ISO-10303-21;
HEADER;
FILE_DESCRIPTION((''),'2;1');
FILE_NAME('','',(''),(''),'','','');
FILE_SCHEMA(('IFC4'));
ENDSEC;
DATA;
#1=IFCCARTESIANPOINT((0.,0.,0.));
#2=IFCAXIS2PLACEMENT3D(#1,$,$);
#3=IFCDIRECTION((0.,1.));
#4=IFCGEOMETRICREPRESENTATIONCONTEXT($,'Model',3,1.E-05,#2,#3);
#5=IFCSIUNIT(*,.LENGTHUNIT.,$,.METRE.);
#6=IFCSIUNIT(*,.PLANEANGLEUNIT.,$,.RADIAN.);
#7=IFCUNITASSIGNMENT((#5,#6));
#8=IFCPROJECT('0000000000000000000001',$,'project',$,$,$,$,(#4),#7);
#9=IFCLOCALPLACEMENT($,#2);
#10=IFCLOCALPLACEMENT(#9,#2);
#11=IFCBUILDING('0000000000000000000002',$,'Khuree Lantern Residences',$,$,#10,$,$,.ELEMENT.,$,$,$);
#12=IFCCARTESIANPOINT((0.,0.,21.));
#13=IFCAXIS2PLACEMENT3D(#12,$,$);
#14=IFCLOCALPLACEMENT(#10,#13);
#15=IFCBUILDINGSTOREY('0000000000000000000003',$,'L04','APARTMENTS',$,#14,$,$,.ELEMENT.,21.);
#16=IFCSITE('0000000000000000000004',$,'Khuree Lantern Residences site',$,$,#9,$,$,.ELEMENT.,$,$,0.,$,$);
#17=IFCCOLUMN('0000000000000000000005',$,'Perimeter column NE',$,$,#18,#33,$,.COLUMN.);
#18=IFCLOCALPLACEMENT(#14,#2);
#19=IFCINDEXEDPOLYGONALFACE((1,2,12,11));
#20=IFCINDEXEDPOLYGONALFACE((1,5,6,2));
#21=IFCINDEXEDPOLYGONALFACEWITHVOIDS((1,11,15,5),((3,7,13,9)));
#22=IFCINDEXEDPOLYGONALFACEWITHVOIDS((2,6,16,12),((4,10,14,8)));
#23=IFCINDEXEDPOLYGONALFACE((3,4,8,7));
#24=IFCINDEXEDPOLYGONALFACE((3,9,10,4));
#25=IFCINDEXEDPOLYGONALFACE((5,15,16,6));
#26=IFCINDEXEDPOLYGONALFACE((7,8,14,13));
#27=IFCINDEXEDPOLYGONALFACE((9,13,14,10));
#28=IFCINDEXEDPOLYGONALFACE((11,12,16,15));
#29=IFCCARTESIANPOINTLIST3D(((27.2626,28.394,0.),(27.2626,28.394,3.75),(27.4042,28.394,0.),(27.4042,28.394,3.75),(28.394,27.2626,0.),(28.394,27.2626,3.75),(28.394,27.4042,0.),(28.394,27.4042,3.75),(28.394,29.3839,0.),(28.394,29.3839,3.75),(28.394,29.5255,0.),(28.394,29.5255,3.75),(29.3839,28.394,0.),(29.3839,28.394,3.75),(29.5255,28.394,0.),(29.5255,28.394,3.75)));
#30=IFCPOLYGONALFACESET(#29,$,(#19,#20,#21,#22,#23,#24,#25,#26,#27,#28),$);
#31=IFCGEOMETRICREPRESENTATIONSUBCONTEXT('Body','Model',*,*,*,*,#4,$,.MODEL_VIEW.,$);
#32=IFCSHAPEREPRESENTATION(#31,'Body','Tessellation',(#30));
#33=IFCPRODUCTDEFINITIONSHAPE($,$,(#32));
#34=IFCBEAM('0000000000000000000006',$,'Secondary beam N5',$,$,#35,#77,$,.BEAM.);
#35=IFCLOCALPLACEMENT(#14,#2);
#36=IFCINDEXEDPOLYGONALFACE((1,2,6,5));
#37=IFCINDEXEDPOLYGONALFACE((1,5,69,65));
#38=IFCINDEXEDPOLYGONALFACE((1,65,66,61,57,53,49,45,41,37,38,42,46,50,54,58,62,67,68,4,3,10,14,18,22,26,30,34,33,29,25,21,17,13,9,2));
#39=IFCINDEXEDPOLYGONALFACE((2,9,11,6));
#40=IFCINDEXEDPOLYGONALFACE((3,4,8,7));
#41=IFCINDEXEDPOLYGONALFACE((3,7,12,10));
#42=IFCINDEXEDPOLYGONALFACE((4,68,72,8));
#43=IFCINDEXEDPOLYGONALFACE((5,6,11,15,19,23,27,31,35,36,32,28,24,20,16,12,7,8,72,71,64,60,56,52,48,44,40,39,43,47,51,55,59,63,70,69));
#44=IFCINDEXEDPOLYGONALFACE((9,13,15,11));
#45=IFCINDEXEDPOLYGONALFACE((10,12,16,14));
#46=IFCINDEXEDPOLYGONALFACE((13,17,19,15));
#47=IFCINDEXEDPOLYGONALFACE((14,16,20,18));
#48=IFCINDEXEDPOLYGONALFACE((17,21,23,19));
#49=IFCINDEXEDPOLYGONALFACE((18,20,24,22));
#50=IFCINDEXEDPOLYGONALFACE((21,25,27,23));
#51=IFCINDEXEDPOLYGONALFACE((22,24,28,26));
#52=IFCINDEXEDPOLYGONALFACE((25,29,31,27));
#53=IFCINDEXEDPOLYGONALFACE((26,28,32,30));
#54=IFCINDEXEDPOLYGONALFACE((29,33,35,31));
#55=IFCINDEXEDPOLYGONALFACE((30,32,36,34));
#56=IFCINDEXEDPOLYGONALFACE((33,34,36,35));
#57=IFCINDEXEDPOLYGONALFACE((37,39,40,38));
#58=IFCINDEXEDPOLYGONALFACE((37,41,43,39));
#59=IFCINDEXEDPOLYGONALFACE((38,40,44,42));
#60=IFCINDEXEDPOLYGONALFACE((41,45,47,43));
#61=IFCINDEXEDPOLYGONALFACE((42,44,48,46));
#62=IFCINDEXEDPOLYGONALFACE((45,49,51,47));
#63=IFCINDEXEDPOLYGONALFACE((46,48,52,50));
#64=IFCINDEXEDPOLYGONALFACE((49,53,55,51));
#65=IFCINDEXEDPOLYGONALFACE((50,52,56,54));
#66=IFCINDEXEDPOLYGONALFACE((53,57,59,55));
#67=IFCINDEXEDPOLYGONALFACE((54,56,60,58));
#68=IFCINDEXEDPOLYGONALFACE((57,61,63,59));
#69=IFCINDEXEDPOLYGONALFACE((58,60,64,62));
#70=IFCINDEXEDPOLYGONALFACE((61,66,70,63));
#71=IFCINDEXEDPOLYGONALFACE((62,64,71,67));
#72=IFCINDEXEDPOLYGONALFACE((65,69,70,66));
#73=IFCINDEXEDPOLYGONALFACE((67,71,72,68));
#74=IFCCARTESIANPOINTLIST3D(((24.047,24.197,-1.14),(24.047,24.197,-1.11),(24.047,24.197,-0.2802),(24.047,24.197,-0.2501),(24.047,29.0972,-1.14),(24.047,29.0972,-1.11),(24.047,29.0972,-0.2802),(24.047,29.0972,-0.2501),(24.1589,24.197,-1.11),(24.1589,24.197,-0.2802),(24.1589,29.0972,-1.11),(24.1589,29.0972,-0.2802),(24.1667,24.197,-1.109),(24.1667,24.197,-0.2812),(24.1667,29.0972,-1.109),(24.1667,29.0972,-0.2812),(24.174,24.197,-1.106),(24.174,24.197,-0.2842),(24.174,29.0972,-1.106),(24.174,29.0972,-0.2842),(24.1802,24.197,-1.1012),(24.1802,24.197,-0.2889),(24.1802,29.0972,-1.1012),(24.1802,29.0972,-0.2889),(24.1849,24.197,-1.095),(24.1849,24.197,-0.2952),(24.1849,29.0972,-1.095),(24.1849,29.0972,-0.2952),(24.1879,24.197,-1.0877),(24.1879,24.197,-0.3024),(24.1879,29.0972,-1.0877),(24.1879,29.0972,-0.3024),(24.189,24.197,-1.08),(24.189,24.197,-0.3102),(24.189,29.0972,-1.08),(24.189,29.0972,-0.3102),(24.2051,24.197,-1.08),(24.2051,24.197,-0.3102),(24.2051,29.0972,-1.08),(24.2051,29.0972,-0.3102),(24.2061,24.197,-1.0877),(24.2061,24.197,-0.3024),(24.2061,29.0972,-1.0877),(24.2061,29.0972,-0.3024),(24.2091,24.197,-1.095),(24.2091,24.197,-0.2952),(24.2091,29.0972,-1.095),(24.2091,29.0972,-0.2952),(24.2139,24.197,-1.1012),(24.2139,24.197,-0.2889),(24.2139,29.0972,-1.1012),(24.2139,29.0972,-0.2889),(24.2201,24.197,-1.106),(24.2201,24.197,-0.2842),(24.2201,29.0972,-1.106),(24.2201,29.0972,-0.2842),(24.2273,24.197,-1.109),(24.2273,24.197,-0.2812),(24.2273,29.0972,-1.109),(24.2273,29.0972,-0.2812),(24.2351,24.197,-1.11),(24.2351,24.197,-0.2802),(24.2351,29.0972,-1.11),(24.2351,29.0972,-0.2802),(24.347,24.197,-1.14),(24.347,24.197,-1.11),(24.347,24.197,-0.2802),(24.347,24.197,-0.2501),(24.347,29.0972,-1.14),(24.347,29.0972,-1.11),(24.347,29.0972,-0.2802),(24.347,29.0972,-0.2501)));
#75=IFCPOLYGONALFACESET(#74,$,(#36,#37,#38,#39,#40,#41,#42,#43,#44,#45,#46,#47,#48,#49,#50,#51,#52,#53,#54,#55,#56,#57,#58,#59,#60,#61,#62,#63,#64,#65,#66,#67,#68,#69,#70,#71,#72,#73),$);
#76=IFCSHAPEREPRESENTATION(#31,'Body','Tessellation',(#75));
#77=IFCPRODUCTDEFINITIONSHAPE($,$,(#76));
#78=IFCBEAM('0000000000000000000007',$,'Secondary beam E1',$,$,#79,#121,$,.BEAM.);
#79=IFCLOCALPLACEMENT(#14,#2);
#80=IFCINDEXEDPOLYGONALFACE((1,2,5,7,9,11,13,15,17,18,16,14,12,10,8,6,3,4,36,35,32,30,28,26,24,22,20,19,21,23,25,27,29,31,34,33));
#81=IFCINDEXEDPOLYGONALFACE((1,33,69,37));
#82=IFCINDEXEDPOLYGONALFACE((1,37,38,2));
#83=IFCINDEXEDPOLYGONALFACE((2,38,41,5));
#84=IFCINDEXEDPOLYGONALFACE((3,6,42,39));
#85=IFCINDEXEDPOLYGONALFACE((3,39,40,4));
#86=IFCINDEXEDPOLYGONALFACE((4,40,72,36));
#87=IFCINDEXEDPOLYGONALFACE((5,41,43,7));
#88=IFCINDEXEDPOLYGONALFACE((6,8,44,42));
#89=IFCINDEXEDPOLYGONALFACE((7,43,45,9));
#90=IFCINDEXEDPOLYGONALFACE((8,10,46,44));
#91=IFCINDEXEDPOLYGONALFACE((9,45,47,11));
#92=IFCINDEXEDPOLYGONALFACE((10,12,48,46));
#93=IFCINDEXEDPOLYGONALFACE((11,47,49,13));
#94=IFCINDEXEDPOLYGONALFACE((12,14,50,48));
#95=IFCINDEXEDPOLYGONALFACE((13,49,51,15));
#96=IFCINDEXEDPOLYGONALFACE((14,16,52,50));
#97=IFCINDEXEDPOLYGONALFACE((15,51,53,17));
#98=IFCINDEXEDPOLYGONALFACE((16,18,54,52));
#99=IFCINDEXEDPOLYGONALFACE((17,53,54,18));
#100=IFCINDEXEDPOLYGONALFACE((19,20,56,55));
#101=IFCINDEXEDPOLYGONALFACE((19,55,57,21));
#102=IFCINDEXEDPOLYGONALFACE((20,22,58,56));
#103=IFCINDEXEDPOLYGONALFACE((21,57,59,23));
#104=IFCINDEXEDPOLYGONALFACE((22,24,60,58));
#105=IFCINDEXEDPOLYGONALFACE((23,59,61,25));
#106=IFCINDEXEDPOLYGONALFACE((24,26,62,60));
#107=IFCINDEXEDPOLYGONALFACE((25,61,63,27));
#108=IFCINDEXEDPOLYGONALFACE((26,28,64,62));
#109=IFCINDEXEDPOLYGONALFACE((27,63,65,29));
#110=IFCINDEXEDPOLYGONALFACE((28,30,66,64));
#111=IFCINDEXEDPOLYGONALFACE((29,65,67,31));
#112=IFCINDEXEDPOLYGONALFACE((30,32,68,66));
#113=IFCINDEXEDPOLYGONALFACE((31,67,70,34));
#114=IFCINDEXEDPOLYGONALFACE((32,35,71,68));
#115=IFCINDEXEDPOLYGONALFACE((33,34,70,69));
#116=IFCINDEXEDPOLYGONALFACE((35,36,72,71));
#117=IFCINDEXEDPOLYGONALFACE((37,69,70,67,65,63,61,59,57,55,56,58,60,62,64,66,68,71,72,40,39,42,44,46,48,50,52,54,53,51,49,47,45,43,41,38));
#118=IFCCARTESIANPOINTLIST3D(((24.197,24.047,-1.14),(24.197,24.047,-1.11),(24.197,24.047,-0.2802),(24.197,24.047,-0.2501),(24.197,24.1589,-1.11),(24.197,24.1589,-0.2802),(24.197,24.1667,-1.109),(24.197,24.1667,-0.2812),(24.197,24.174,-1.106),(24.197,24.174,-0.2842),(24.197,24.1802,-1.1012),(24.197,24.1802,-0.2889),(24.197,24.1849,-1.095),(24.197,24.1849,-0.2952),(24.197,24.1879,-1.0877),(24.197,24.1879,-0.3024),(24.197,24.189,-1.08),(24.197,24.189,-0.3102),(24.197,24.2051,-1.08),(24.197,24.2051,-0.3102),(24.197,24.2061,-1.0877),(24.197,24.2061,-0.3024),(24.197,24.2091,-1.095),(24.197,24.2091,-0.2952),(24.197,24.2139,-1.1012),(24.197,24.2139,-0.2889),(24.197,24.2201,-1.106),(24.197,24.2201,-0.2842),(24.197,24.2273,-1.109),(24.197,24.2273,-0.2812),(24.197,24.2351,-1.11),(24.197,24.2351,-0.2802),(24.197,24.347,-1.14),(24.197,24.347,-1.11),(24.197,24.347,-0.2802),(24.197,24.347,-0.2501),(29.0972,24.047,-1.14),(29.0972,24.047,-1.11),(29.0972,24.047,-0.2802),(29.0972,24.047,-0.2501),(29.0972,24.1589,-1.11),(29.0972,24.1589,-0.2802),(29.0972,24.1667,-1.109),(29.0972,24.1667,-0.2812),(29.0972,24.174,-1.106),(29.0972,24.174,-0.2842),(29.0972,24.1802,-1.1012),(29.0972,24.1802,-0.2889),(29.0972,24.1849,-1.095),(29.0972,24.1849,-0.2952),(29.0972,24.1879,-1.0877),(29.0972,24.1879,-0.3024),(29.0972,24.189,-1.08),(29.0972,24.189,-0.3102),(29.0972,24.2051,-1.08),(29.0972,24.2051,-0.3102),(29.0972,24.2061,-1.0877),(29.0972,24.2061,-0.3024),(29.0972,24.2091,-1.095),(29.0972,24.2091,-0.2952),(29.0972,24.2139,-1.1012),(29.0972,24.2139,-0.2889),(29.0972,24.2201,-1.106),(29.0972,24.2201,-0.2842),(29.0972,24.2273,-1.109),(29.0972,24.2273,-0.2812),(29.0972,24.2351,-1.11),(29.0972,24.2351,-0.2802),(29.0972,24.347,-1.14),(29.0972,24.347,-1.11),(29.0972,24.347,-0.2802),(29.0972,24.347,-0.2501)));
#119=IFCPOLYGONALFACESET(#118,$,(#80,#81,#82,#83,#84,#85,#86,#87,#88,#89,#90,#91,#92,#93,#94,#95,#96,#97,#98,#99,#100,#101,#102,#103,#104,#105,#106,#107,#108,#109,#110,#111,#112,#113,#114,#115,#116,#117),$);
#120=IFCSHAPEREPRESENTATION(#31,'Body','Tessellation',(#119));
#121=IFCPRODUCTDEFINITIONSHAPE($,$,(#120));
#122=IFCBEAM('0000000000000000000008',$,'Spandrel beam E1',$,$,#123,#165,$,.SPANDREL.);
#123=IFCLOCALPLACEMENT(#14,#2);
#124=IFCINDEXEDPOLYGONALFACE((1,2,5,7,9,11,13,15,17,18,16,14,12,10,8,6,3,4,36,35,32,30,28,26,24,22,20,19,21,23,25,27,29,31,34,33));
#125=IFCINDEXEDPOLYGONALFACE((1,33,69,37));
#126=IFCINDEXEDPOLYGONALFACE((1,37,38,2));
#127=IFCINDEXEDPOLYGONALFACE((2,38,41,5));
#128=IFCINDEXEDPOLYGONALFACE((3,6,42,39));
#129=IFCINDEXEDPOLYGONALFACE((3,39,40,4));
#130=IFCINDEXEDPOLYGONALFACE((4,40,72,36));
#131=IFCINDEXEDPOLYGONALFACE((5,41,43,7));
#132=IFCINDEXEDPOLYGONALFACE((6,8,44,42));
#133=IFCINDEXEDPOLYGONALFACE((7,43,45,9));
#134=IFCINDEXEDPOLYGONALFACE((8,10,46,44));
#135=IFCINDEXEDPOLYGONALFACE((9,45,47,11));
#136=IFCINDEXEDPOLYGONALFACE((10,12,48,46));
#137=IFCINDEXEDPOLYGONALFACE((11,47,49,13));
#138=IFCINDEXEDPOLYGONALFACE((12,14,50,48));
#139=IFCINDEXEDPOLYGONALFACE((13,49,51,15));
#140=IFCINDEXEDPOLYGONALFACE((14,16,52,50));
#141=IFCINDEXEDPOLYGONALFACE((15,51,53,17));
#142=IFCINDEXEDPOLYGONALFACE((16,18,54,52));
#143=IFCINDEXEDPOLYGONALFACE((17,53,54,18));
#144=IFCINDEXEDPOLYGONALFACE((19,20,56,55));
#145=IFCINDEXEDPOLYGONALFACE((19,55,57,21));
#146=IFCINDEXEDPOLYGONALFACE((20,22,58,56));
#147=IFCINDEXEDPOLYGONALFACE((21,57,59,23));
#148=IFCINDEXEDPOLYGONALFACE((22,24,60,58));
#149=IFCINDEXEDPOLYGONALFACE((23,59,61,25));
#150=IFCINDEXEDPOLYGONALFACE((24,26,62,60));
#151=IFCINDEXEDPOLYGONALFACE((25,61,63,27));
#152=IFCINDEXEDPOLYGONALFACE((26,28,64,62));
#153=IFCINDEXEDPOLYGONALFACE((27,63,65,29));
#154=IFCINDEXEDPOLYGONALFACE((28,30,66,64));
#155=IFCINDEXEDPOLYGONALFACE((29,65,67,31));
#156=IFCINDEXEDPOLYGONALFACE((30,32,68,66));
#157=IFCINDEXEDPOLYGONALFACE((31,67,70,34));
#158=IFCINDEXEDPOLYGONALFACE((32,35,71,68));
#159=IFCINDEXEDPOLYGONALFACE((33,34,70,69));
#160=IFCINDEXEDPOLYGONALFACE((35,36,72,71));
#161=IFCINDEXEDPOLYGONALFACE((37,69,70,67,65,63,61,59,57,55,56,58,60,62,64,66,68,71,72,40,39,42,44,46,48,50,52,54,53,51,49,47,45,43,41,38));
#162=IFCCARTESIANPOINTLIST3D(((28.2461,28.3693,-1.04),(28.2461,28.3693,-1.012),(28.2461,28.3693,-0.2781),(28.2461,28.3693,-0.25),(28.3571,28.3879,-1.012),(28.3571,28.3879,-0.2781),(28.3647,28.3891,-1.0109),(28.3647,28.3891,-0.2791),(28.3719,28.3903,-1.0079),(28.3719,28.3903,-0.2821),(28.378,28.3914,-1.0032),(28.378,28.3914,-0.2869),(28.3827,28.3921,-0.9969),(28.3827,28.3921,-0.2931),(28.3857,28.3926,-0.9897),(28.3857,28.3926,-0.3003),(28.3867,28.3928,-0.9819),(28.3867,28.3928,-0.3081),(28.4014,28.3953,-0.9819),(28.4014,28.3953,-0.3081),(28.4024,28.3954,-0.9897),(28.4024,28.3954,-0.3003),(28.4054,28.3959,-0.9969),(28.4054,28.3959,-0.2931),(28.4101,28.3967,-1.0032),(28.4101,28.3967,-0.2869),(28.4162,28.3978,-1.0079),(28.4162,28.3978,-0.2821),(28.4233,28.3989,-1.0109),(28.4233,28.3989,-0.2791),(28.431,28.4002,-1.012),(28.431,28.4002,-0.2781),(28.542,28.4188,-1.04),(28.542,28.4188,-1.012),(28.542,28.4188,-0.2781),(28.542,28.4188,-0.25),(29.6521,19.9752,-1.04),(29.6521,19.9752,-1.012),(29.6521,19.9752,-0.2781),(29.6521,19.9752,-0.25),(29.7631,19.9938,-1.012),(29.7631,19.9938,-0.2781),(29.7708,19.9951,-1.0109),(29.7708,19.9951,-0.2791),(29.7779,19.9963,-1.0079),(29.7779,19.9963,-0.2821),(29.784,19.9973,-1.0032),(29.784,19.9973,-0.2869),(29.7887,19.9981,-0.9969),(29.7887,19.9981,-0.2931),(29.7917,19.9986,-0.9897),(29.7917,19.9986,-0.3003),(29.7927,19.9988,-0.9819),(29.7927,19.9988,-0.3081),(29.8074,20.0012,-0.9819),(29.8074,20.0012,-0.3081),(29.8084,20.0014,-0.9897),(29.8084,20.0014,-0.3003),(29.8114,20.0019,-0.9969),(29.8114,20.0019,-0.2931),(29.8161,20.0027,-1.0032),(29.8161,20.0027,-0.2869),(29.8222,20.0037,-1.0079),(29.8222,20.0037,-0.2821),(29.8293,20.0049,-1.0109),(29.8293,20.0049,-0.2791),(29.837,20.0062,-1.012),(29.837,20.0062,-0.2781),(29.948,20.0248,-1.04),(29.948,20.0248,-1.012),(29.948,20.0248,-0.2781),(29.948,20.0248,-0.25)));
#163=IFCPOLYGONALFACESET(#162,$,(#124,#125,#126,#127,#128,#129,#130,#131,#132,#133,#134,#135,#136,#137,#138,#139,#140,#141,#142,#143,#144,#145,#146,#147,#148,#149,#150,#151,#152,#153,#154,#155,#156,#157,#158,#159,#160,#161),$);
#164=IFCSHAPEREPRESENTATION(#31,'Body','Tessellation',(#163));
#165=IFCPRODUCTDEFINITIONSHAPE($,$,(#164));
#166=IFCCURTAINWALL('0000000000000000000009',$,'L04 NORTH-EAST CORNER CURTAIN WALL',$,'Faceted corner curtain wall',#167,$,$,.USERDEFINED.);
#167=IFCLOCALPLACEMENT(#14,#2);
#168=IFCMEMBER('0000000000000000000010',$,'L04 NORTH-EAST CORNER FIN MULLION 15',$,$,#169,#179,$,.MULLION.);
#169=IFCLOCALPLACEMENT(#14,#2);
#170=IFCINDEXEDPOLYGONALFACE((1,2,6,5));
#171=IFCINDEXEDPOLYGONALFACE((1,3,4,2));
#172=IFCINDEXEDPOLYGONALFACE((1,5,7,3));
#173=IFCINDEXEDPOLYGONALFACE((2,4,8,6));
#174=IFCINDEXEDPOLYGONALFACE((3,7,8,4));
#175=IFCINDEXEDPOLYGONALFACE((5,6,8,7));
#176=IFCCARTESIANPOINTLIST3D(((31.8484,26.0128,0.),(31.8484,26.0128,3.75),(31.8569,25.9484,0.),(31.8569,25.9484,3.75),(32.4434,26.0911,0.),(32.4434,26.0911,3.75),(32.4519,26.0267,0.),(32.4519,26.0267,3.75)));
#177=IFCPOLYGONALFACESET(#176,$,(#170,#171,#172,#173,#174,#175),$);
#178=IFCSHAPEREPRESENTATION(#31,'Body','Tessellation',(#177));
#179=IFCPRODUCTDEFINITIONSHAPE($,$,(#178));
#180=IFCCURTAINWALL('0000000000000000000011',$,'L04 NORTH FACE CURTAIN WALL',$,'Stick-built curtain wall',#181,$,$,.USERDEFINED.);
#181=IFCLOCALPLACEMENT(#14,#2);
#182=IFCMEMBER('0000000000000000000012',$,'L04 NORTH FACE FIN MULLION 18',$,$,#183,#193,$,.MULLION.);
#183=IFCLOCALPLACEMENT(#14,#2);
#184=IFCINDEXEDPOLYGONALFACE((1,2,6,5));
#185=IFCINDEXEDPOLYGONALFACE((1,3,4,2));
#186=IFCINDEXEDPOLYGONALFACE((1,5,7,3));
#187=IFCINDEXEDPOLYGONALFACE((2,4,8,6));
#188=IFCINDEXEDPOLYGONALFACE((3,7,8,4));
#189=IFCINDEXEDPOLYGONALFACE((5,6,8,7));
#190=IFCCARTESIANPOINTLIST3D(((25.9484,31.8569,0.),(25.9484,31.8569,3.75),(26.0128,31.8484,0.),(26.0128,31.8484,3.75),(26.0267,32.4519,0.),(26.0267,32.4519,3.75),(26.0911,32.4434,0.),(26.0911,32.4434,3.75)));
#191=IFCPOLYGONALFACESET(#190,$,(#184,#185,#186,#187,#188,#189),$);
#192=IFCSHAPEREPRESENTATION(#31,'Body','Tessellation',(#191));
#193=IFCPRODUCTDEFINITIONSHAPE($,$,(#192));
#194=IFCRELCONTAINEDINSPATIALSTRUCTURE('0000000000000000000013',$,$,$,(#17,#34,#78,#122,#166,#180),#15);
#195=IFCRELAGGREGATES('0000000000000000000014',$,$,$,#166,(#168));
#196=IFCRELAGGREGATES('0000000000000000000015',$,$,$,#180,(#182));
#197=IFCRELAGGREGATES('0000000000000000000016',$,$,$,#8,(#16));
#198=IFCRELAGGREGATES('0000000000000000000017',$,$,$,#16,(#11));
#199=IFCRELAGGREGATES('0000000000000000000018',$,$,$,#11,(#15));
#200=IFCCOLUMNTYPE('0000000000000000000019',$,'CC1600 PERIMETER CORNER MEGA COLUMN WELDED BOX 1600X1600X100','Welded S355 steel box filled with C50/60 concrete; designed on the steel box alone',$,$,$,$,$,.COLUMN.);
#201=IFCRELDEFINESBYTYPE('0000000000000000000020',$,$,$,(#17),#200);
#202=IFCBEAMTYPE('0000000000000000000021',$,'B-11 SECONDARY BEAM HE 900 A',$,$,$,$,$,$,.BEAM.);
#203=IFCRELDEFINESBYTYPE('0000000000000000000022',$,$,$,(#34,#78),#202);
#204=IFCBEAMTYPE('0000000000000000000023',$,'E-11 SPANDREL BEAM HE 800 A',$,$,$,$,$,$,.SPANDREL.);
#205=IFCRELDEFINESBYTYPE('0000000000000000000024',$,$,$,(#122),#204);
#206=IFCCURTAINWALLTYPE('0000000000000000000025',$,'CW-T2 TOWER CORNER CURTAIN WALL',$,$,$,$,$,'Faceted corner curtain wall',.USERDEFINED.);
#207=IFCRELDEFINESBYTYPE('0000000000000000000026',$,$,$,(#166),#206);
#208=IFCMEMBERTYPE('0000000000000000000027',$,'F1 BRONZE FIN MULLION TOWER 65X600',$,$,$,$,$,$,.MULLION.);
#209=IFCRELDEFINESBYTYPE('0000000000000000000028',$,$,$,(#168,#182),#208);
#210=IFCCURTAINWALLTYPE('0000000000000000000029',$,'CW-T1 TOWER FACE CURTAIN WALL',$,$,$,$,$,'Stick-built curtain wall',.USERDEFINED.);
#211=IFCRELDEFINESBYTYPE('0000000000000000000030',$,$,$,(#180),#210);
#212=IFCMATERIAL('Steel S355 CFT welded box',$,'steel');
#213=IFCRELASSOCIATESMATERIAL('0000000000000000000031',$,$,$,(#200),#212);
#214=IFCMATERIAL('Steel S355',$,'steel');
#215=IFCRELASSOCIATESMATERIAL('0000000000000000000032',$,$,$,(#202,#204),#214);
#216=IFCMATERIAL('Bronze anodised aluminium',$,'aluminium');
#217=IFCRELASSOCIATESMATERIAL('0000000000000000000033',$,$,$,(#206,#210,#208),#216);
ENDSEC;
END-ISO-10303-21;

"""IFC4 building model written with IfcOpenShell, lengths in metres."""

from ifc_helpers import new_model, si_unit, direction, frame, origin, origin_2d, place, context, subcontext, project, spatial, rectangle, hollow_rectangle, i_section, extrude, material, material_profile, profile_set, type_object, element, aggregate, save


model = new_model("IFC4")

# Units and contexts
model_context = context("Model", 3, precision=1e-05, world=origin(), true_north=direction((0.0, 1.0)))
body_context = subcontext(model_context, "Body", "Model", "MODEL_VIEW")
ifc_project = project(units=[si_unit("LENGTHUNIT", "METRE"), si_unit("PLANEANGLEUNIT", "RADIAN")], contexts=[model_context])

# Site, building, storey
site_placement = place(None, origin())
site = spatial("IfcSite", under=ifc_project, at=site_placement, Name="Khuree Lantern Residences site", CompositionType="ELEMENT", RefElevation=0.0)
building_placement = place(site_placement, origin())
building = spatial("IfcBuilding", under=site, at=building_placement, Name="Khuree Lantern Residences", CompositionType="ELEMENT")
storey_placement = place(building_placement, frame((0.0, 0.0, 21.0)))
storey = spatial("IfcBuildingStorey", under=building, at=storey_placement, Name="L04", Description="APARTMENTS", CompositionType="ELEMENT", Elevation=21.0)

# Column
ifc_material_1 = material(Name="Steel S355 CFT welded box", Category="steel")
ifc_material_profile_1 = material_profile(ifc_material_1, hollow_rectangle(XDim=1.6001, YDim=1.6001, WallThickness=0.1001, at=origin_2d()), Name="WELDED BOX 1600X1600X100")
ifc_profile_set_1 = profile_set([ifc_material_profile_1], Name="Steel S355 CFT welded box")
column_type = type_object("IfcColumnType", Name="CC1600 PERIMETER CORNER MEGA COLUMN WELDED BOX 1600X1600X100", Description="Welded S355 steel box filled with C50/60 concrete; designed on the steel box alone", PredefinedType="COLUMN", material=ifc_profile_set_1)
column_placement = place(storey_placement, frame((28.394, 28.394, 0.0), z_axis=(0.0, 0.0, 1.0), x_axis=(0.707107, -0.707107, 0.0)))
element("IfcColumn", 1, at=column_placement, inside=storey, type_object=column_type, Name="Perimeter column NE", PredefinedType="COLUMN", context=body_context, shape_type="SweptSolid", body=[
    extrude(hollow_rectangle(XDim=1.6001, YDim=1.6001, WallThickness=0.1001, at=origin_2d()), origin(), (0.0, 0.0, 1.0), 3.75),
])

# Beams
ifc_material_2 = material(Name="Steel S355", Category="steel")
ifc_material_profile_2 = material_profile(ifc_material_2, i_section(OverallWidth=0.3, OverallDepth=0.8899, WebThickness=0.0161, FlangeThickness=0.03, FilletRadius=0.03, at=origin_2d()), Name="HE 900 A")
ifc_profile_set_2 = profile_set([ifc_material_profile_2], Name="Steel S355")
beam_type_1 = type_object("IfcBeamType", Name="B-11 SECONDARY BEAM HE 900 A", PredefinedType="BEAM", material=ifc_profile_set_2)
for number, where, z_axis, x_axis, name in (
    (2, (24.197, 29.0972, -0.6951), (0.0, -1.0, 0.0), (1.0, 0.0, 0.0), "Secondary beam N5"),
    (3, (29.0972, 24.197, -0.6951), (-1.0, 0.0, 0.0), (0.0, -1.0, 0.0), "Secondary beam E1"),
):
    element("IfcBeam", number, at=place(storey_placement, frame(where, z_axis=z_axis, x_axis=x_axis)), inside=storey, type_object=beam_type_1, Name=name, PredefinedType="BEAM", context=body_context, shape_type="SweptSolid", body=[
        extrude(i_section(OverallWidth=0.3, OverallDepth=0.8899, WebThickness=0.0161, FlangeThickness=0.03, FilletRadius=0.03, at=origin_2d()), origin(), (0.0, 0.0, 1.0), 4.9001),
    ])
ifc_material_profile_3 = material_profile(ifc_material_2, i_section(OverallWidth=0.3, OverallDepth=0.79, WebThickness=0.0149, FlangeThickness=0.0281, FilletRadius=0.03, at=origin_2d()), Name="HE 800 A")
ifc_profile_set_3 = profile_set([ifc_material_profile_3], Name="Steel S355")
beam_type_2 = type_object("IfcBeamType", Name="E-11 SPANDREL BEAM HE 800 A", PredefinedType="SPANDREL", material=ifc_profile_set_3)
beam_1_placement = place(storey_placement, frame((28.394, 28.394, -0.645), z_axis=(0.165199, -0.98626, 0.0), x_axis=(0.98626, 0.165199, 0.0)))
element("IfcBeam", 4, at=beam_1_placement, inside=storey, type_object=beam_type_2, Name="Spandrel beam E1", PredefinedType="SPANDREL", context=body_context, shape_type="SweptSolid", body=[
    extrude(i_section(OverallWidth=0.3, OverallDepth=0.79, WebThickness=0.0149, FlangeThickness=0.0281, FilletRadius=0.03, at=origin_2d()), origin(), (0.0, 0.0, 1.0), 8.511),
])

# Curtain walls, members
ifc_material_3 = material(Name="Bronze anodised aluminium", Category="aluminium")
curtain_wall_type_1 = type_object("IfcCurtainWallType", Name="CW-T2 TOWER CORNER CURTAIN WALL", ElementType="Faceted corner curtain wall", PredefinedType="USERDEFINED", material=ifc_material_3)
curtain_wall_1_placement = place(storey_placement, origin())
curtain_wall_1 = element("IfcCurtainWall", 5, at=curtain_wall_1_placement, inside=storey, type_object=curtain_wall_type_1, Name="L04 NORTH-EAST CORNER CURTAIN WALL", ObjectType="Faceted corner curtain wall", PredefinedType="USERDEFINED")
ifc_material_profile_4 = material_profile(ifc_material_3, rectangle(XDim=0.0649, YDim=0.6001, at=origin_2d()), Name="F1 65X600")
ifc_profile_set_4 = profile_set([ifc_material_profile_4], Name="Bronze anodised aluminium")
member_type_1 = type_object("IfcMemberType", Name="F1 BRONZE FIN MULLION TOWER 65X600", PredefinedType="MULLION", material=ifc_profile_set_4)
member_1_placement = place(storey_placement, frame((32.1501, 26.0198, 0.0), z_axis=(0.0, 0.0, 1.0), x_axis=(-0.130526, 0.991445, 0.0)))
member_1 = element("IfcMember", 6, at=member_1_placement, type_object=member_type_1, Name="L04 NORTH-EAST CORNER FIN MULLION 15", PredefinedType="MULLION", context=body_context, shape_type="SweptSolid", body=[
    extrude(rectangle(XDim=0.0649, YDim=0.6001, at=origin_2d()), origin(), (0.0, 0.0, 1.0), 3.75),
])
curtain_wall_type_2 = type_object("IfcCurtainWallType", Name="CW-T1 TOWER FACE CURTAIN WALL", ElementType="Stick-built curtain wall", PredefinedType="USERDEFINED", material=ifc_material_3)
curtain_wall_2_placement = place(storey_placement, origin())
curtain_wall_2 = element("IfcCurtainWall", 7, at=curtain_wall_2_placement, inside=storey, type_object=curtain_wall_type_2, Name="L04 NORTH FACE CURTAIN WALL", ObjectType="Stick-built curtain wall", PredefinedType="USERDEFINED")
member_2_placement = place(storey_placement, frame((26.0198, 32.1501, 0.0), z_axis=(0.0, 0.0, 1.0), x_axis=(-0.991445, 0.130526, 0.0)))
member_2 = element("IfcMember", 8, at=member_2_placement, type_object=member_type_1, Name="L04 NORTH FACE FIN MULLION 18", PredefinedType="MULLION", context=body_context, shape_type="SweptSolid", body=[
    extrude(rectangle(XDim=0.0649, YDim=0.6001, at=origin_2d()), origin(), (0.0, 0.0, 1.0), 3.75),
])

aggregate(curtain_wall_1, [member_1])
aggregate(curtain_wall_2, [member_2])

save(model, "model.ifc")
